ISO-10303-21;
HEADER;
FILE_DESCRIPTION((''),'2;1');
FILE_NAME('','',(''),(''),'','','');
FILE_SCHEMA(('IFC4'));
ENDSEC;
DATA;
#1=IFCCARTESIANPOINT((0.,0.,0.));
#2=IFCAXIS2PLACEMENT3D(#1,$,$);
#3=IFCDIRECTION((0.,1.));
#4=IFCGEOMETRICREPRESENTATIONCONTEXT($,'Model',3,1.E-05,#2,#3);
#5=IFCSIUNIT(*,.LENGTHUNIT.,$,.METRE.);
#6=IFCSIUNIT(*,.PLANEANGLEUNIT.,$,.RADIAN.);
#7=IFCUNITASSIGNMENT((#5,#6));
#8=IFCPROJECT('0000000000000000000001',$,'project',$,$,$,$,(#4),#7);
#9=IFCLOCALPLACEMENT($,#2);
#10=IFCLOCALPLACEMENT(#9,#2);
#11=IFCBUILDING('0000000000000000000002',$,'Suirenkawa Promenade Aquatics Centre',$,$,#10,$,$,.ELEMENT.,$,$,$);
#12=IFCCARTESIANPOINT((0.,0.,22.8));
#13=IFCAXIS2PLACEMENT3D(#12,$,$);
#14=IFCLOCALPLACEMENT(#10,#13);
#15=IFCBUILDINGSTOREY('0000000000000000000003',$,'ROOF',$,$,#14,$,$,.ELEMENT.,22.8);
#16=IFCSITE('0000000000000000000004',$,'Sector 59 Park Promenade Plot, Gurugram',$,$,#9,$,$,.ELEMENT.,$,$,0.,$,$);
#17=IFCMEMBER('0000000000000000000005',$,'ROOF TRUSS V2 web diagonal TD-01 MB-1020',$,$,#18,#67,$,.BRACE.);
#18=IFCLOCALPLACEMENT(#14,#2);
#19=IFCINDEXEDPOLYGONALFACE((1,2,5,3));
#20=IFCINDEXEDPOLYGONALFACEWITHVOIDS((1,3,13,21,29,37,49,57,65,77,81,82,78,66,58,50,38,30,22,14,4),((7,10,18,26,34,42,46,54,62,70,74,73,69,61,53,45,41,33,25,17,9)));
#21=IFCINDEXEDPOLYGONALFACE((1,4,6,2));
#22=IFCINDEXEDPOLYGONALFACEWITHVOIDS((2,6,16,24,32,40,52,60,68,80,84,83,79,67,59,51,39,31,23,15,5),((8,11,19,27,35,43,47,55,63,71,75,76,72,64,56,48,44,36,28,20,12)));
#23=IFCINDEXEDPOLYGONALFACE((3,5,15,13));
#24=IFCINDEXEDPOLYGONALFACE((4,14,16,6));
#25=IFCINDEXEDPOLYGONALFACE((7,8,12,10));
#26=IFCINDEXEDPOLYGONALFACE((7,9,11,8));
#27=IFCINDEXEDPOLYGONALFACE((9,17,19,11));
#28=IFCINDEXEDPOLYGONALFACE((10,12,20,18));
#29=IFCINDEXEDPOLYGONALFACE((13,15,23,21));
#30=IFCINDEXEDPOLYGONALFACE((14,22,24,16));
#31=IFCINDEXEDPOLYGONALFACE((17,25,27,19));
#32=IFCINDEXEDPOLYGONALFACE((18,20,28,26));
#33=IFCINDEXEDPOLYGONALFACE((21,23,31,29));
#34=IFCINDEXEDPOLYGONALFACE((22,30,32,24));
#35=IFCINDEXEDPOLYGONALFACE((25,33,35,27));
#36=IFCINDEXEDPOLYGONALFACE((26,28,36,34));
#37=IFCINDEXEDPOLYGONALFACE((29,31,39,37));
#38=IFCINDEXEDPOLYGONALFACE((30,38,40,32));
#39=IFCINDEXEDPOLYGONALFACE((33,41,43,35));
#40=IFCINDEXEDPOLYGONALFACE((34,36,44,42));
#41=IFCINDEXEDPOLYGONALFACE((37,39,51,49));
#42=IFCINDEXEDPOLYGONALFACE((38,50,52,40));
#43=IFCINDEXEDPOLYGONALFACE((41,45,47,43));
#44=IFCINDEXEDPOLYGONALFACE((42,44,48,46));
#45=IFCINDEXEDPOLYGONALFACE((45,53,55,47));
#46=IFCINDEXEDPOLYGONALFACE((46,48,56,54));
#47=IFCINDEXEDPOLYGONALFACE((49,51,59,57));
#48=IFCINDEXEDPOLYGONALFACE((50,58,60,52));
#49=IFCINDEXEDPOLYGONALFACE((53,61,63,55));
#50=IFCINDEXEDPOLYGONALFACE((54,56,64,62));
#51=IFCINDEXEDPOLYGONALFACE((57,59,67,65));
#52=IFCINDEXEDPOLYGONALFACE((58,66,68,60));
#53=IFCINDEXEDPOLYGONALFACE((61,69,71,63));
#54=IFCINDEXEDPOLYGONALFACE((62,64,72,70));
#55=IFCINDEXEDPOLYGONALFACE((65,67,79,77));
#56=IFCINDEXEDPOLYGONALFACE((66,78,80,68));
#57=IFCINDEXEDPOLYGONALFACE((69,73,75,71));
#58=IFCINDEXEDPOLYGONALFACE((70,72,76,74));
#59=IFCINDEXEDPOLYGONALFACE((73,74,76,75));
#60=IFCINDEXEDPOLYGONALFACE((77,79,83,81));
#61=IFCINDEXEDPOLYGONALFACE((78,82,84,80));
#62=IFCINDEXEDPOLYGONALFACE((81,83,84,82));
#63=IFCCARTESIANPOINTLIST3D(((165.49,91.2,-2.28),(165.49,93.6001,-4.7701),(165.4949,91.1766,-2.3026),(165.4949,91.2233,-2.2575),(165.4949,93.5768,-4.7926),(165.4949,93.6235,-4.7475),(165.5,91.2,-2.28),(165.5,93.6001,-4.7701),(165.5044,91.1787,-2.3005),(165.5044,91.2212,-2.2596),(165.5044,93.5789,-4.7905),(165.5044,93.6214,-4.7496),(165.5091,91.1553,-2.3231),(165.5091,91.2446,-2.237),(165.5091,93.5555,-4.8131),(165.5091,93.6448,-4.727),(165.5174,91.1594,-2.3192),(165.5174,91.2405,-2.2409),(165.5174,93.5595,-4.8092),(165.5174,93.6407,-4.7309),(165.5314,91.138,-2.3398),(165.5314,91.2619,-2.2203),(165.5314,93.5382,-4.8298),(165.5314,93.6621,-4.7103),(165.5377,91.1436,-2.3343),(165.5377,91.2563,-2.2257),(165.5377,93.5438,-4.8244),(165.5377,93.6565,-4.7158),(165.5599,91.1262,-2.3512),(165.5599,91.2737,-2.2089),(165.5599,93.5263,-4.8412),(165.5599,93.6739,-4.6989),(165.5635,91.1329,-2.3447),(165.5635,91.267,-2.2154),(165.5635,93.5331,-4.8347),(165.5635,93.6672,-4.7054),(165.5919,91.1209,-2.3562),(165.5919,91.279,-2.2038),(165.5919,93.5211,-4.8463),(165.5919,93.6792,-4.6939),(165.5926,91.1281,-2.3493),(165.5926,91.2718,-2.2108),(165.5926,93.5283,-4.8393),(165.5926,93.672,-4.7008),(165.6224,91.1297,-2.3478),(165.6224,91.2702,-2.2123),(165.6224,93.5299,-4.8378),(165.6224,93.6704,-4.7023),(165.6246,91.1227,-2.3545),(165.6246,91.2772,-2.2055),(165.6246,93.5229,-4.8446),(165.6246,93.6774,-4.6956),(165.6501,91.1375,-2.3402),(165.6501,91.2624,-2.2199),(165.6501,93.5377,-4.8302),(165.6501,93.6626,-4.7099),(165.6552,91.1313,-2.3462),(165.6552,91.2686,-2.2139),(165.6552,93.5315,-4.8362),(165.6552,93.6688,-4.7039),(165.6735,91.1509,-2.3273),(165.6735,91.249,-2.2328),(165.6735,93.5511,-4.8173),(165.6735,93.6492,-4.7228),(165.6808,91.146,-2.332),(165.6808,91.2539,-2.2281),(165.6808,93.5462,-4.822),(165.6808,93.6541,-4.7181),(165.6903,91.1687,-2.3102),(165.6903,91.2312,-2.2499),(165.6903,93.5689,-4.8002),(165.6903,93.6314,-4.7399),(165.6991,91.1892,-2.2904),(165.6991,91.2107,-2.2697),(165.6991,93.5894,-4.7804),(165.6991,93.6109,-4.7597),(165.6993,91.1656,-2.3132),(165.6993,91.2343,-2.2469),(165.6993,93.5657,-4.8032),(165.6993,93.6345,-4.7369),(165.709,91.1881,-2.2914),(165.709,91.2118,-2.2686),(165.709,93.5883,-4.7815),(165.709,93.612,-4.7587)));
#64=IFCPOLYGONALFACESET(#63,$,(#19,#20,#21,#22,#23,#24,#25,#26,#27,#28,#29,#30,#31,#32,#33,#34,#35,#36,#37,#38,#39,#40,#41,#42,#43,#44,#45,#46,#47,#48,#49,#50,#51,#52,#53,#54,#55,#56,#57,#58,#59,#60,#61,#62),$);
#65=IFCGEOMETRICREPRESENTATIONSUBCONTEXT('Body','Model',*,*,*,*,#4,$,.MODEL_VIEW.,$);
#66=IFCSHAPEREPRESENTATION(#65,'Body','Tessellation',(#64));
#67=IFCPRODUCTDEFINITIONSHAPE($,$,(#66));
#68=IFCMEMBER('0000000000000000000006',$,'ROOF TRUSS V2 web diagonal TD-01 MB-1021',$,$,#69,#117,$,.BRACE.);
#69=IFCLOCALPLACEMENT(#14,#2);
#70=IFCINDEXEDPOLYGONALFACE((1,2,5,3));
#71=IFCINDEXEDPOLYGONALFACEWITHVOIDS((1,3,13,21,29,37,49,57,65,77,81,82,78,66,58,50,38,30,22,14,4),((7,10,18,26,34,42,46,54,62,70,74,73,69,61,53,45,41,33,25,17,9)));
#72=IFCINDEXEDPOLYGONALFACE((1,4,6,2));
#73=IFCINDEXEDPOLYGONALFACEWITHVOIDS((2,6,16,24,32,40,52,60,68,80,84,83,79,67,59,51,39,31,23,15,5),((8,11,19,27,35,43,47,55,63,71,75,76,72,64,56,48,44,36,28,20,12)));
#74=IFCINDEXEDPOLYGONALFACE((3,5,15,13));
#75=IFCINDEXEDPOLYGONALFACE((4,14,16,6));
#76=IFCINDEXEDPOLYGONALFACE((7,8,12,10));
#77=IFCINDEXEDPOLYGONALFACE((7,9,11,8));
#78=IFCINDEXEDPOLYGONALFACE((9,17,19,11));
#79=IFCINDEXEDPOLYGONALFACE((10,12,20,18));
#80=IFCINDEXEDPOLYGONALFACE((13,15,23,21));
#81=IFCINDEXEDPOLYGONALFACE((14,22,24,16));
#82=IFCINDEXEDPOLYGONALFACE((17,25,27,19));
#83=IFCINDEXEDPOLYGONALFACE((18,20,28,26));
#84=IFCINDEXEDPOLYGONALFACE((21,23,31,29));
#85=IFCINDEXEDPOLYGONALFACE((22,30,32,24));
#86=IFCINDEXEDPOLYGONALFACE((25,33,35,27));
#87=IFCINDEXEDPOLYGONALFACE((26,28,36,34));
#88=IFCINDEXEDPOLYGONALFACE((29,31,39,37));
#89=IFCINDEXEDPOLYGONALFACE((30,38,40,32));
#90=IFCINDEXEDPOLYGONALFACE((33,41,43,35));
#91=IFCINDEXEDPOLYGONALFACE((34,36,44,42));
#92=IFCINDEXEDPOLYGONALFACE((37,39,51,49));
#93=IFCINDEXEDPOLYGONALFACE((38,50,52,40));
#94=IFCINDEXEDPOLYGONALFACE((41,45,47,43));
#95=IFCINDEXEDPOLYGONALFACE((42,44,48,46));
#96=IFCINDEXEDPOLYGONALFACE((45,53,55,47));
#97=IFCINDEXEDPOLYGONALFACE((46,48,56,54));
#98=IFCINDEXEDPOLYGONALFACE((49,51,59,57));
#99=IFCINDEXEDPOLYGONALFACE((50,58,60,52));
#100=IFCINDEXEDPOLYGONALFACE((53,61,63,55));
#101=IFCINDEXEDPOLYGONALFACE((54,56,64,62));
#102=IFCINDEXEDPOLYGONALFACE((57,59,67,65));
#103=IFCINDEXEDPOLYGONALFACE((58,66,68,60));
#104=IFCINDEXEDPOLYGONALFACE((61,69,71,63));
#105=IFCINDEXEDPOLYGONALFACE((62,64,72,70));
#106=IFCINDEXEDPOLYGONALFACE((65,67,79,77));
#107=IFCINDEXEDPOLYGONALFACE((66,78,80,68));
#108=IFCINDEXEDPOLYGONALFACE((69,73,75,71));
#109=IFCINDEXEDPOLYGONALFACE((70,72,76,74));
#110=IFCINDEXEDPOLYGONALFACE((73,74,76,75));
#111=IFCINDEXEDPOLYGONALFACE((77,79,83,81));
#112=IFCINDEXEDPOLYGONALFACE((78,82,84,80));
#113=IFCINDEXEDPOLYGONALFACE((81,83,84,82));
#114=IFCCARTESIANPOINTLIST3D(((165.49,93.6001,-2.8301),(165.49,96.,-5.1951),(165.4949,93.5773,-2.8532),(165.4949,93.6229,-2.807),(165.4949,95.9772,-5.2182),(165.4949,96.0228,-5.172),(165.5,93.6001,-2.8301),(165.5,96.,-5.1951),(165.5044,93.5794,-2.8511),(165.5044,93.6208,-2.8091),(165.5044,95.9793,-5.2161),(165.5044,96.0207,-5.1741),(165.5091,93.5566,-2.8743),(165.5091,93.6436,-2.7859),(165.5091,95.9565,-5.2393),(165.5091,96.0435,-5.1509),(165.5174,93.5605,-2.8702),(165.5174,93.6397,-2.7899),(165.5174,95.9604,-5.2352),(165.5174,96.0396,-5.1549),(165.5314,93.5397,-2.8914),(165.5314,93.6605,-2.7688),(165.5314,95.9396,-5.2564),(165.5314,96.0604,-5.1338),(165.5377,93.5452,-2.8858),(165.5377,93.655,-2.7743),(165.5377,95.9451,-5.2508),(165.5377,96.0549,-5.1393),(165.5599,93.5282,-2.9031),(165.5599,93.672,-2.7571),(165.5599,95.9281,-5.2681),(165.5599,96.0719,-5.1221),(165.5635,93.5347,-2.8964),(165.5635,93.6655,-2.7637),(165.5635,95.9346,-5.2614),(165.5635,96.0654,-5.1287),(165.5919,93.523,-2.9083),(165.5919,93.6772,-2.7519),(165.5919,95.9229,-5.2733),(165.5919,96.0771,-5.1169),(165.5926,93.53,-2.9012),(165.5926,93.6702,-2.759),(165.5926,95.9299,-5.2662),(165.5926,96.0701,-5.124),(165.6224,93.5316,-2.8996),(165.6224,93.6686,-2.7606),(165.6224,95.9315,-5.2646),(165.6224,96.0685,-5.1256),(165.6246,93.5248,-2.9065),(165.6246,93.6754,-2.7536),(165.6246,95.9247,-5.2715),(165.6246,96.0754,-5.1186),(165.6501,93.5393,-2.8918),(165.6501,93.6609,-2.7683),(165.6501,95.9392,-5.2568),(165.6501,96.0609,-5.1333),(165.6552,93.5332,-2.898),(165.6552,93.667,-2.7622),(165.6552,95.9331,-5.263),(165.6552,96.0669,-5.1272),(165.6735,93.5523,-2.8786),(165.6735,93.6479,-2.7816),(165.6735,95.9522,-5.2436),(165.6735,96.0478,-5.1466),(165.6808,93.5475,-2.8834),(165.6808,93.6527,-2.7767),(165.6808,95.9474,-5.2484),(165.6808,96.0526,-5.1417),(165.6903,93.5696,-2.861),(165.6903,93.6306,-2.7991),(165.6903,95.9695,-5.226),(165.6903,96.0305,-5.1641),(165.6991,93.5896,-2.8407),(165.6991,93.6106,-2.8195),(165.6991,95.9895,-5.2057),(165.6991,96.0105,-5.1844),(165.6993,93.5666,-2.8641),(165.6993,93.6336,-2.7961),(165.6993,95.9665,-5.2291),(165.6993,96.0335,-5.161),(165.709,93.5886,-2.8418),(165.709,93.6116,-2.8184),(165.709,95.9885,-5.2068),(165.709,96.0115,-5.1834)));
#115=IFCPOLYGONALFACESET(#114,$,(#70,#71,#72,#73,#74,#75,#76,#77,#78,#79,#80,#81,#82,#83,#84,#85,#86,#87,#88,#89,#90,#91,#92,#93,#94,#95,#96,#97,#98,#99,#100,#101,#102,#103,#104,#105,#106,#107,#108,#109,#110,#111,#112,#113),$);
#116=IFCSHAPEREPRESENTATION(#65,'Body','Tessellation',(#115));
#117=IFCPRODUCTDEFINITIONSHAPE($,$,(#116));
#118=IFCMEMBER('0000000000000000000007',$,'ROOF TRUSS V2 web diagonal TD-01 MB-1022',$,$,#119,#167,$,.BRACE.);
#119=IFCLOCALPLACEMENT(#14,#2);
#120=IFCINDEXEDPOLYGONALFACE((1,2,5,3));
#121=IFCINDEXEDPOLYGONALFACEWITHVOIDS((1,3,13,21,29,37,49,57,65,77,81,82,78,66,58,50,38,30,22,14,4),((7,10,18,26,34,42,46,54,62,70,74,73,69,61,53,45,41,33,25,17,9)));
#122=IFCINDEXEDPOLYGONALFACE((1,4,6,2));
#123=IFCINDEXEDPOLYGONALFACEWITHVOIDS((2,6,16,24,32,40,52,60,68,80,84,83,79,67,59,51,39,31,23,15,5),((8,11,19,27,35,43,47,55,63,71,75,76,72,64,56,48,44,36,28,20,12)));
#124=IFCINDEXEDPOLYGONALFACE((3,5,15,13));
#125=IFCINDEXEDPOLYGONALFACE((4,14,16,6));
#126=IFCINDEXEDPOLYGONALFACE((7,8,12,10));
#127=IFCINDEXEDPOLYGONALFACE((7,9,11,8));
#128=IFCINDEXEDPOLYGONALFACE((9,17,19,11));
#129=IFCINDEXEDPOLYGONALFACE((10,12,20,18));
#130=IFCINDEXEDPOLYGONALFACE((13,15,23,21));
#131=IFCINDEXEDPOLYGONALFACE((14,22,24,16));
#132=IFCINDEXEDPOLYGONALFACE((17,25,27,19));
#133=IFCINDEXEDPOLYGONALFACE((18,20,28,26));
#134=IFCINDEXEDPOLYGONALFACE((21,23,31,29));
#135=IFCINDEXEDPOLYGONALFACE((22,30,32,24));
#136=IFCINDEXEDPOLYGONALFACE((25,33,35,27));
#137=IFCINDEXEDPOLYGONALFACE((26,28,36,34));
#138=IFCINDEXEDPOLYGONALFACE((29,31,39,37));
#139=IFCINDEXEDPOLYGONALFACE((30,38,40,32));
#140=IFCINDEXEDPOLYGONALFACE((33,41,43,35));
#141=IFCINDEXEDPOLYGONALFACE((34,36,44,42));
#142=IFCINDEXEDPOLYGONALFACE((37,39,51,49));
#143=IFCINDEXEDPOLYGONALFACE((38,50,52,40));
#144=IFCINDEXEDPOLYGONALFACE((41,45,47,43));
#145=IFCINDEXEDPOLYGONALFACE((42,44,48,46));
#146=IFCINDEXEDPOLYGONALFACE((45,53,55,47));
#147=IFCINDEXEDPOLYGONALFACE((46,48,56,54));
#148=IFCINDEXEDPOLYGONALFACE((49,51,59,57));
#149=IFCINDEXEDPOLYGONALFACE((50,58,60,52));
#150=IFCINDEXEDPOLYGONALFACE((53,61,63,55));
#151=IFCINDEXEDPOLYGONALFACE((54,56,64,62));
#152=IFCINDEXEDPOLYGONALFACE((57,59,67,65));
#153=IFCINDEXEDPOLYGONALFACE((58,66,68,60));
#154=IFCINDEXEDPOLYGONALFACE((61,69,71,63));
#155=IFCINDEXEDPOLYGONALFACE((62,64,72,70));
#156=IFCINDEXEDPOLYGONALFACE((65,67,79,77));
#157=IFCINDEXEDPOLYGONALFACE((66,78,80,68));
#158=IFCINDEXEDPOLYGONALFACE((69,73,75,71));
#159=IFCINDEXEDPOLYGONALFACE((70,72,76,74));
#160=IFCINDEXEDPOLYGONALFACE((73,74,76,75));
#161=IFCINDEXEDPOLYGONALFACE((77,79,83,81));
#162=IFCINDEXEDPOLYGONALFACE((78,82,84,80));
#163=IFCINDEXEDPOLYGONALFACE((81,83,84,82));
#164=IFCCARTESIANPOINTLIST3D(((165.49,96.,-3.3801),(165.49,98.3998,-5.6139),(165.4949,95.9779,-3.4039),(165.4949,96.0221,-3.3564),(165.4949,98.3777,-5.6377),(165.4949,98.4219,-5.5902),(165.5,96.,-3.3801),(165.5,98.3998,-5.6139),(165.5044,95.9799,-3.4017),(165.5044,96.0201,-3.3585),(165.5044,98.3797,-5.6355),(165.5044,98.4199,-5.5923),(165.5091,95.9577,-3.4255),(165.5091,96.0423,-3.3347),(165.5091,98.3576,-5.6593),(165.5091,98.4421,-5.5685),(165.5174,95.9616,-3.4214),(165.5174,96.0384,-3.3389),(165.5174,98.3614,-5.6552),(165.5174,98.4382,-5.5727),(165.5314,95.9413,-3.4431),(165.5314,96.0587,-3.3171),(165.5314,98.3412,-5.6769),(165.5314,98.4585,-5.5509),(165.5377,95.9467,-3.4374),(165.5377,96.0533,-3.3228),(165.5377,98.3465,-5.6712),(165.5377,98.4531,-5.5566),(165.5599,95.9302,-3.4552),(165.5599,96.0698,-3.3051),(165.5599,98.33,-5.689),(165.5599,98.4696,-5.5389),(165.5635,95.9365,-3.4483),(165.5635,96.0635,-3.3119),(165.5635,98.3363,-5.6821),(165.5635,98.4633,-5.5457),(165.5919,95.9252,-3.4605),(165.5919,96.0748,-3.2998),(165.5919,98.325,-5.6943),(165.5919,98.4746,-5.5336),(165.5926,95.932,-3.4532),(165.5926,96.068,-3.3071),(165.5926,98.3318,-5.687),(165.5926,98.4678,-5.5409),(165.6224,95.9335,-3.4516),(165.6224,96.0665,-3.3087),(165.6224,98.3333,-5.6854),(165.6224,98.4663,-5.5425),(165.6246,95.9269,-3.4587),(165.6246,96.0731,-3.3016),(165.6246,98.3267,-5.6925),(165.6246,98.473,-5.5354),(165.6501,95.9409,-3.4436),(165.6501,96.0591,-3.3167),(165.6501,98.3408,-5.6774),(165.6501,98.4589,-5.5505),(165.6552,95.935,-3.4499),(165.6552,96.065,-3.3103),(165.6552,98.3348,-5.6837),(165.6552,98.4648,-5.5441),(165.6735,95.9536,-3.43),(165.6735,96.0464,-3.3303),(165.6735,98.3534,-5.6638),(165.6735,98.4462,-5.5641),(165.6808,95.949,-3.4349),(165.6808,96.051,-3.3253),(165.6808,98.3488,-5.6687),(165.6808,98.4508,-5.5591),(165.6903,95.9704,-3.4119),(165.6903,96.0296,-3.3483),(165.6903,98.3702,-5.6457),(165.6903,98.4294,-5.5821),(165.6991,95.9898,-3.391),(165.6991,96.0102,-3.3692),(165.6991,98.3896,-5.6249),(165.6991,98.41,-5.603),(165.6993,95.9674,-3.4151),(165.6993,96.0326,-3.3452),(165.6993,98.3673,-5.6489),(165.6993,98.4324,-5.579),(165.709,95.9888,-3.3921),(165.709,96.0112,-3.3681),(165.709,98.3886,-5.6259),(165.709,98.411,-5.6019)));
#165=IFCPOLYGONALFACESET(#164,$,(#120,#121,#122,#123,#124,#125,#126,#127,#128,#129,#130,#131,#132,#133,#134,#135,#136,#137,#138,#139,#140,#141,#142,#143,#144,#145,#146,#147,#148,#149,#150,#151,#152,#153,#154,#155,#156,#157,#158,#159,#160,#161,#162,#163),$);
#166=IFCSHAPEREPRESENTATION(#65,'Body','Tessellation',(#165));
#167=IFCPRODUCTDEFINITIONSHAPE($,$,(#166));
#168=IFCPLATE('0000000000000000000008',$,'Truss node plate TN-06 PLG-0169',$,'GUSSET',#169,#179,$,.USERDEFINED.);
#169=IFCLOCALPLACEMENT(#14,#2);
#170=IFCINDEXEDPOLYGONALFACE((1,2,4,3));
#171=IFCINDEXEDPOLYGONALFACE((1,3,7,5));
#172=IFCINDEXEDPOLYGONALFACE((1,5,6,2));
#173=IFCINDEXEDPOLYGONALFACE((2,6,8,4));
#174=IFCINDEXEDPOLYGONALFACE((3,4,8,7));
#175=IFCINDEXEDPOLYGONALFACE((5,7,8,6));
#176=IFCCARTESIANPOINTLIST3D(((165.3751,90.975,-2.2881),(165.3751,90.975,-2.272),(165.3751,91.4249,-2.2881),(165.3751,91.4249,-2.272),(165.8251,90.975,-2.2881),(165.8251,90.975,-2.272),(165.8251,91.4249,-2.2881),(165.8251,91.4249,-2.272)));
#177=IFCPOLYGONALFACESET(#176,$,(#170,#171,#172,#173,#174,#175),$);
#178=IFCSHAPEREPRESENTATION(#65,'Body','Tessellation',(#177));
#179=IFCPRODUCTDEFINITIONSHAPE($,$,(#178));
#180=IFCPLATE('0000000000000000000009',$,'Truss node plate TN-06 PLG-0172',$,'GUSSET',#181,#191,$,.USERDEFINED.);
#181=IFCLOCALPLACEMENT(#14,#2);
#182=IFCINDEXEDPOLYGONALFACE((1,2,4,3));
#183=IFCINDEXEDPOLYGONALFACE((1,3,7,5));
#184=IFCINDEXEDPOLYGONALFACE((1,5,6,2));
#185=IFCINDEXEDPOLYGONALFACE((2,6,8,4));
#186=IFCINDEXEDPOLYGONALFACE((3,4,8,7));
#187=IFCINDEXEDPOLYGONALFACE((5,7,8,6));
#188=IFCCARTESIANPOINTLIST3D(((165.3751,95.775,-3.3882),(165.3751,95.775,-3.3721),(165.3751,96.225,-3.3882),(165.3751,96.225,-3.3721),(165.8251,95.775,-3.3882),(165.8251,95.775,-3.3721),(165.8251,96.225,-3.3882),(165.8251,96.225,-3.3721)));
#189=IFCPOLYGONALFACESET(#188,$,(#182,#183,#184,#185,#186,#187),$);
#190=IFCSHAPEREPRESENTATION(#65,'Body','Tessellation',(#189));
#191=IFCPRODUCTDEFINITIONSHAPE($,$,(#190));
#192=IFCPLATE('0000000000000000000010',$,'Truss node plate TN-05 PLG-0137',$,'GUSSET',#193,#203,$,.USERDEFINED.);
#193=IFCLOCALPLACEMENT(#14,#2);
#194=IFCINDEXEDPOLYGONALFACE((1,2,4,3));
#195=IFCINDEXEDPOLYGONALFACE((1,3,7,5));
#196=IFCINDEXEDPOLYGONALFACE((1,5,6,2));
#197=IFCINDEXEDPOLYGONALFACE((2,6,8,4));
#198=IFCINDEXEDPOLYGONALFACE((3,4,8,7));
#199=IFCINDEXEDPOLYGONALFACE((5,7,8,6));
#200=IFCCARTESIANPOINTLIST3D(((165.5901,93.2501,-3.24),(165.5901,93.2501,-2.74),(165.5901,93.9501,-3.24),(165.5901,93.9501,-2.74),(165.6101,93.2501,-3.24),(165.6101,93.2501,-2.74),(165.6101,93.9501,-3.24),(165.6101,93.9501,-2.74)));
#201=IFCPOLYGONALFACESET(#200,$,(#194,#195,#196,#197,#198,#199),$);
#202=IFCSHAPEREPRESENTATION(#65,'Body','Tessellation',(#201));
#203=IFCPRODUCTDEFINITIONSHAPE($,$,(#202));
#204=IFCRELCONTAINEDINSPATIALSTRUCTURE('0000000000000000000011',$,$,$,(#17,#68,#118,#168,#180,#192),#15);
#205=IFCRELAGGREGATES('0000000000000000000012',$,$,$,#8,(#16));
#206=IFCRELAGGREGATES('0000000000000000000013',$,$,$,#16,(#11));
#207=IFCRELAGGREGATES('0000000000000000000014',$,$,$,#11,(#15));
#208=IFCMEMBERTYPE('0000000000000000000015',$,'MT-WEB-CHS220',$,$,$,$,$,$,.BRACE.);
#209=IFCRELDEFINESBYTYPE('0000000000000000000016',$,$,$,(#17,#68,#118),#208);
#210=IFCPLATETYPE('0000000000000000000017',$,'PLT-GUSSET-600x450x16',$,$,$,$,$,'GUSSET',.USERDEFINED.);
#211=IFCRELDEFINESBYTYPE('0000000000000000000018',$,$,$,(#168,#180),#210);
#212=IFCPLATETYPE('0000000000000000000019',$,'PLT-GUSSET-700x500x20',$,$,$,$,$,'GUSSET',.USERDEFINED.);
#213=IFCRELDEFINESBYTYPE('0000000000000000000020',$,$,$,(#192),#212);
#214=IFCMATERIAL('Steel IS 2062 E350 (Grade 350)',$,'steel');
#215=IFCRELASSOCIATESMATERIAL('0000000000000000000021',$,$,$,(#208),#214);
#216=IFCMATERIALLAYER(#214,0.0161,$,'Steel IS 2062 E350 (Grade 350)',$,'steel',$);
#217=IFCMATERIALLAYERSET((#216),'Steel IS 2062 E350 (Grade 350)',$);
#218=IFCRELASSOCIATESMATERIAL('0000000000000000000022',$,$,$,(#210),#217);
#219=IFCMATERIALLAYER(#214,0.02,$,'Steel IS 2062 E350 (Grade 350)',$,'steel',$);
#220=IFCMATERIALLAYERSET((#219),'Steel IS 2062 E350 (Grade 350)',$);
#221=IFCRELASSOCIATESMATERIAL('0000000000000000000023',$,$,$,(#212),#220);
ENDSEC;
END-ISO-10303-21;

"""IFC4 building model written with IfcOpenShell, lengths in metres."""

from ifc_helpers import new_model, si_unit, direction, frame, origin, origin_2d, place, context, subcontext, project, spatial, rectangle, hollow_circle, extrude, material, layer, layer_set, material_profile, profile_set, type_object, element, save


model = new_model("IFC4")

# Units and contexts
model_context = context("Model", 3, precision=1e-05, world=origin(), true_north=direction((0.0, 1.0)))
body_context = subcontext(model_context, "Body", "Model", "MODEL_VIEW")
ifc_project = project(units=[si_unit("LENGTHUNIT", "METRE"), si_unit("PLANEANGLEUNIT", "RADIAN")], contexts=[model_context])

# Site, building, storey
site_placement = place(None, origin())
site = spatial("IfcSite", under=ifc_project, at=site_placement, Name="Sector 59 Park Promenade Plot, Gurugram", CompositionType="ELEMENT", RefElevation=0.0)
building_placement = place(site_placement, origin())
building = spatial("IfcBuilding", under=site, at=building_placement, Name="Suirenkawa Promenade Aquatics Centre", CompositionType="ELEMENT")
storey_placement = place(building_placement, frame((0.0, 0.0, 22.8)))
storey = spatial("IfcBuildingStorey", under=building, at=storey_placement, Name="ROOF", CompositionType="ELEMENT", Elevation=22.8)

# Shared definitions
ifc_material = material(Name="Steel IS 2062 E350 (Grade 350)", Category="steel")

# Members
ifc_material_profile_1 = material_profile(ifc_material, hollow_circle(Radius=0.1101, WallThickness=0.01, at=origin_2d()), Name="CHS 220x10", Category="steel")
ifc_profile_set_1 = profile_set([ifc_material_profile_1], Name="Steel IS 2062 E350 (Grade 350)")
member_type_1 = type_object("IfcMemberType", Name="MT-WEB-CHS220", PredefinedType="BRACE", material=ifc_profile_set_1)
member_1_placement = place(storey_placement, frame((165.6001, 91.2, -2.28), z_axis=(0.0, 0.693998, -0.719977), x_axis=(-1.0, 0.0, 0.0)))
element("IfcMember", 1, at=member_1_placement, inside=storey, type_object=member_type_1, Name="ROOF TRUSS V2 web diagonal TD-01 MB-1020", PredefinedType="BRACE", context=body_context, shape_type="SweptSolid", body=[
    extrude(hollow_circle(Radius=0.1101, WallThickness=0.01, at=origin_2d()), origin(), (0.0, 0.0, 1.0), 3.4585),
])
member_2_placement = place(storey_placement, frame((165.6001, 93.6001, -2.8301), z_axis=(0.0, 0.712269, -0.701907), x_axis=(-1.0, 0.0, 0.0)))
element("IfcMember", 2, at=member_2_placement, inside=storey, type_object=member_type_1, Name="ROOF TRUSS V2 web diagonal TD-01 MB-1021", PredefinedType="BRACE", context=body_context, shape_type="SweptSolid", body=[
    extrude(hollow_circle(Radius=0.1101, WallThickness=0.01, at=origin_2d()), origin(), (0.0, 0.0, 1.0), 3.3694),
])
member_3_placement = place(storey_placement, frame((165.6001, 96.0, -3.3801), z_axis=(0.0, 0.731971, -0.681336), x_axis=(-1.0, 0.0, 0.0)))
element("IfcMember", 3, at=member_3_placement, inside=storey, type_object=member_type_1, Name="ROOF TRUSS V2 web diagonal TD-01 MB-1022", PredefinedType="BRACE", context=body_context, shape_type="SweptSolid", body=[
    extrude(hollow_circle(Radius=0.1101, WallThickness=0.01, at=origin_2d()), origin(), (0.0, 0.0, 1.0), 3.2786),
])

# Plates
ifc_layer_1 = layer(ifc_material, 0.0161, Name="Steel IS 2062 E350 (Grade 350)", Category="steel")
ifc_layer_set_1 = layer_set([ifc_layer_1], Name="Steel IS 2062 E350 (Grade 350)")
plate_type_1 = type_object("IfcPlateType", Name="PLT-GUSSET-600x450x16", ElementType="GUSSET", PredefinedType="USERDEFINED", material=ifc_layer_set_1)
for number, where, z_axis, x_axis, name in (
    (4, (165.6001, 91.2, -2.2881), (0.0, 0.0, 1.0), (1.0, 0.0, 0.0), "Truss node plate TN-06 PLG-0169"),
    (5, (165.6001, 96.0, -3.3882), (0.0, 0.0, 1.0), (1.0, 0.0, 0.0), "Truss node plate TN-06 PLG-0172"),
):
    element("IfcPlate", number, at=place(storey_placement, frame(where, z_axis=z_axis, x_axis=x_axis)), inside=storey, type_object=plate_type_1, Name=name, ObjectType="GUSSET", PredefinedType="USERDEFINED", context=body_context, shape_type="SweptSolid", body=[
        extrude(rectangle(XDim=0.45, YDim=0.45, at=origin_2d()), origin(), (0.0, 0.0, 1.0), 0.0161),
    ])
ifc_layer_2 = layer(ifc_material, 0.02, Name="Steel IS 2062 E350 (Grade 350)", Category="steel")
ifc_layer_set_2 = layer_set([ifc_layer_2], Name="Steel IS 2062 E350 (Grade 350)")
plate_type_2 = type_object("IfcPlateType", Name="PLT-GUSSET-700x500x20", ElementType="GUSSET", PredefinedType="USERDEFINED", material=ifc_layer_set_2)
plate_placement = place(storey_placement, frame((165.6001, 93.6001, -3.24), z_axis=(0.0, 0.0, 1.0), x_axis=(0.0, 1.0, 0.0)))
element("IfcPlate", 6, at=plate_placement, inside=storey, type_object=plate_type_2, Name="Truss node plate TN-05 PLG-0137", ObjectType="GUSSET", PredefinedType="USERDEFINED", context=body_context, shape_type="SweptSolid", body=[
    extrude(rectangle(XDim=0.7, YDim=0.02, at=origin_2d()), origin(), (0.0, 0.0, 1.0), 0.5),
])

save(model, "model.ifc")
